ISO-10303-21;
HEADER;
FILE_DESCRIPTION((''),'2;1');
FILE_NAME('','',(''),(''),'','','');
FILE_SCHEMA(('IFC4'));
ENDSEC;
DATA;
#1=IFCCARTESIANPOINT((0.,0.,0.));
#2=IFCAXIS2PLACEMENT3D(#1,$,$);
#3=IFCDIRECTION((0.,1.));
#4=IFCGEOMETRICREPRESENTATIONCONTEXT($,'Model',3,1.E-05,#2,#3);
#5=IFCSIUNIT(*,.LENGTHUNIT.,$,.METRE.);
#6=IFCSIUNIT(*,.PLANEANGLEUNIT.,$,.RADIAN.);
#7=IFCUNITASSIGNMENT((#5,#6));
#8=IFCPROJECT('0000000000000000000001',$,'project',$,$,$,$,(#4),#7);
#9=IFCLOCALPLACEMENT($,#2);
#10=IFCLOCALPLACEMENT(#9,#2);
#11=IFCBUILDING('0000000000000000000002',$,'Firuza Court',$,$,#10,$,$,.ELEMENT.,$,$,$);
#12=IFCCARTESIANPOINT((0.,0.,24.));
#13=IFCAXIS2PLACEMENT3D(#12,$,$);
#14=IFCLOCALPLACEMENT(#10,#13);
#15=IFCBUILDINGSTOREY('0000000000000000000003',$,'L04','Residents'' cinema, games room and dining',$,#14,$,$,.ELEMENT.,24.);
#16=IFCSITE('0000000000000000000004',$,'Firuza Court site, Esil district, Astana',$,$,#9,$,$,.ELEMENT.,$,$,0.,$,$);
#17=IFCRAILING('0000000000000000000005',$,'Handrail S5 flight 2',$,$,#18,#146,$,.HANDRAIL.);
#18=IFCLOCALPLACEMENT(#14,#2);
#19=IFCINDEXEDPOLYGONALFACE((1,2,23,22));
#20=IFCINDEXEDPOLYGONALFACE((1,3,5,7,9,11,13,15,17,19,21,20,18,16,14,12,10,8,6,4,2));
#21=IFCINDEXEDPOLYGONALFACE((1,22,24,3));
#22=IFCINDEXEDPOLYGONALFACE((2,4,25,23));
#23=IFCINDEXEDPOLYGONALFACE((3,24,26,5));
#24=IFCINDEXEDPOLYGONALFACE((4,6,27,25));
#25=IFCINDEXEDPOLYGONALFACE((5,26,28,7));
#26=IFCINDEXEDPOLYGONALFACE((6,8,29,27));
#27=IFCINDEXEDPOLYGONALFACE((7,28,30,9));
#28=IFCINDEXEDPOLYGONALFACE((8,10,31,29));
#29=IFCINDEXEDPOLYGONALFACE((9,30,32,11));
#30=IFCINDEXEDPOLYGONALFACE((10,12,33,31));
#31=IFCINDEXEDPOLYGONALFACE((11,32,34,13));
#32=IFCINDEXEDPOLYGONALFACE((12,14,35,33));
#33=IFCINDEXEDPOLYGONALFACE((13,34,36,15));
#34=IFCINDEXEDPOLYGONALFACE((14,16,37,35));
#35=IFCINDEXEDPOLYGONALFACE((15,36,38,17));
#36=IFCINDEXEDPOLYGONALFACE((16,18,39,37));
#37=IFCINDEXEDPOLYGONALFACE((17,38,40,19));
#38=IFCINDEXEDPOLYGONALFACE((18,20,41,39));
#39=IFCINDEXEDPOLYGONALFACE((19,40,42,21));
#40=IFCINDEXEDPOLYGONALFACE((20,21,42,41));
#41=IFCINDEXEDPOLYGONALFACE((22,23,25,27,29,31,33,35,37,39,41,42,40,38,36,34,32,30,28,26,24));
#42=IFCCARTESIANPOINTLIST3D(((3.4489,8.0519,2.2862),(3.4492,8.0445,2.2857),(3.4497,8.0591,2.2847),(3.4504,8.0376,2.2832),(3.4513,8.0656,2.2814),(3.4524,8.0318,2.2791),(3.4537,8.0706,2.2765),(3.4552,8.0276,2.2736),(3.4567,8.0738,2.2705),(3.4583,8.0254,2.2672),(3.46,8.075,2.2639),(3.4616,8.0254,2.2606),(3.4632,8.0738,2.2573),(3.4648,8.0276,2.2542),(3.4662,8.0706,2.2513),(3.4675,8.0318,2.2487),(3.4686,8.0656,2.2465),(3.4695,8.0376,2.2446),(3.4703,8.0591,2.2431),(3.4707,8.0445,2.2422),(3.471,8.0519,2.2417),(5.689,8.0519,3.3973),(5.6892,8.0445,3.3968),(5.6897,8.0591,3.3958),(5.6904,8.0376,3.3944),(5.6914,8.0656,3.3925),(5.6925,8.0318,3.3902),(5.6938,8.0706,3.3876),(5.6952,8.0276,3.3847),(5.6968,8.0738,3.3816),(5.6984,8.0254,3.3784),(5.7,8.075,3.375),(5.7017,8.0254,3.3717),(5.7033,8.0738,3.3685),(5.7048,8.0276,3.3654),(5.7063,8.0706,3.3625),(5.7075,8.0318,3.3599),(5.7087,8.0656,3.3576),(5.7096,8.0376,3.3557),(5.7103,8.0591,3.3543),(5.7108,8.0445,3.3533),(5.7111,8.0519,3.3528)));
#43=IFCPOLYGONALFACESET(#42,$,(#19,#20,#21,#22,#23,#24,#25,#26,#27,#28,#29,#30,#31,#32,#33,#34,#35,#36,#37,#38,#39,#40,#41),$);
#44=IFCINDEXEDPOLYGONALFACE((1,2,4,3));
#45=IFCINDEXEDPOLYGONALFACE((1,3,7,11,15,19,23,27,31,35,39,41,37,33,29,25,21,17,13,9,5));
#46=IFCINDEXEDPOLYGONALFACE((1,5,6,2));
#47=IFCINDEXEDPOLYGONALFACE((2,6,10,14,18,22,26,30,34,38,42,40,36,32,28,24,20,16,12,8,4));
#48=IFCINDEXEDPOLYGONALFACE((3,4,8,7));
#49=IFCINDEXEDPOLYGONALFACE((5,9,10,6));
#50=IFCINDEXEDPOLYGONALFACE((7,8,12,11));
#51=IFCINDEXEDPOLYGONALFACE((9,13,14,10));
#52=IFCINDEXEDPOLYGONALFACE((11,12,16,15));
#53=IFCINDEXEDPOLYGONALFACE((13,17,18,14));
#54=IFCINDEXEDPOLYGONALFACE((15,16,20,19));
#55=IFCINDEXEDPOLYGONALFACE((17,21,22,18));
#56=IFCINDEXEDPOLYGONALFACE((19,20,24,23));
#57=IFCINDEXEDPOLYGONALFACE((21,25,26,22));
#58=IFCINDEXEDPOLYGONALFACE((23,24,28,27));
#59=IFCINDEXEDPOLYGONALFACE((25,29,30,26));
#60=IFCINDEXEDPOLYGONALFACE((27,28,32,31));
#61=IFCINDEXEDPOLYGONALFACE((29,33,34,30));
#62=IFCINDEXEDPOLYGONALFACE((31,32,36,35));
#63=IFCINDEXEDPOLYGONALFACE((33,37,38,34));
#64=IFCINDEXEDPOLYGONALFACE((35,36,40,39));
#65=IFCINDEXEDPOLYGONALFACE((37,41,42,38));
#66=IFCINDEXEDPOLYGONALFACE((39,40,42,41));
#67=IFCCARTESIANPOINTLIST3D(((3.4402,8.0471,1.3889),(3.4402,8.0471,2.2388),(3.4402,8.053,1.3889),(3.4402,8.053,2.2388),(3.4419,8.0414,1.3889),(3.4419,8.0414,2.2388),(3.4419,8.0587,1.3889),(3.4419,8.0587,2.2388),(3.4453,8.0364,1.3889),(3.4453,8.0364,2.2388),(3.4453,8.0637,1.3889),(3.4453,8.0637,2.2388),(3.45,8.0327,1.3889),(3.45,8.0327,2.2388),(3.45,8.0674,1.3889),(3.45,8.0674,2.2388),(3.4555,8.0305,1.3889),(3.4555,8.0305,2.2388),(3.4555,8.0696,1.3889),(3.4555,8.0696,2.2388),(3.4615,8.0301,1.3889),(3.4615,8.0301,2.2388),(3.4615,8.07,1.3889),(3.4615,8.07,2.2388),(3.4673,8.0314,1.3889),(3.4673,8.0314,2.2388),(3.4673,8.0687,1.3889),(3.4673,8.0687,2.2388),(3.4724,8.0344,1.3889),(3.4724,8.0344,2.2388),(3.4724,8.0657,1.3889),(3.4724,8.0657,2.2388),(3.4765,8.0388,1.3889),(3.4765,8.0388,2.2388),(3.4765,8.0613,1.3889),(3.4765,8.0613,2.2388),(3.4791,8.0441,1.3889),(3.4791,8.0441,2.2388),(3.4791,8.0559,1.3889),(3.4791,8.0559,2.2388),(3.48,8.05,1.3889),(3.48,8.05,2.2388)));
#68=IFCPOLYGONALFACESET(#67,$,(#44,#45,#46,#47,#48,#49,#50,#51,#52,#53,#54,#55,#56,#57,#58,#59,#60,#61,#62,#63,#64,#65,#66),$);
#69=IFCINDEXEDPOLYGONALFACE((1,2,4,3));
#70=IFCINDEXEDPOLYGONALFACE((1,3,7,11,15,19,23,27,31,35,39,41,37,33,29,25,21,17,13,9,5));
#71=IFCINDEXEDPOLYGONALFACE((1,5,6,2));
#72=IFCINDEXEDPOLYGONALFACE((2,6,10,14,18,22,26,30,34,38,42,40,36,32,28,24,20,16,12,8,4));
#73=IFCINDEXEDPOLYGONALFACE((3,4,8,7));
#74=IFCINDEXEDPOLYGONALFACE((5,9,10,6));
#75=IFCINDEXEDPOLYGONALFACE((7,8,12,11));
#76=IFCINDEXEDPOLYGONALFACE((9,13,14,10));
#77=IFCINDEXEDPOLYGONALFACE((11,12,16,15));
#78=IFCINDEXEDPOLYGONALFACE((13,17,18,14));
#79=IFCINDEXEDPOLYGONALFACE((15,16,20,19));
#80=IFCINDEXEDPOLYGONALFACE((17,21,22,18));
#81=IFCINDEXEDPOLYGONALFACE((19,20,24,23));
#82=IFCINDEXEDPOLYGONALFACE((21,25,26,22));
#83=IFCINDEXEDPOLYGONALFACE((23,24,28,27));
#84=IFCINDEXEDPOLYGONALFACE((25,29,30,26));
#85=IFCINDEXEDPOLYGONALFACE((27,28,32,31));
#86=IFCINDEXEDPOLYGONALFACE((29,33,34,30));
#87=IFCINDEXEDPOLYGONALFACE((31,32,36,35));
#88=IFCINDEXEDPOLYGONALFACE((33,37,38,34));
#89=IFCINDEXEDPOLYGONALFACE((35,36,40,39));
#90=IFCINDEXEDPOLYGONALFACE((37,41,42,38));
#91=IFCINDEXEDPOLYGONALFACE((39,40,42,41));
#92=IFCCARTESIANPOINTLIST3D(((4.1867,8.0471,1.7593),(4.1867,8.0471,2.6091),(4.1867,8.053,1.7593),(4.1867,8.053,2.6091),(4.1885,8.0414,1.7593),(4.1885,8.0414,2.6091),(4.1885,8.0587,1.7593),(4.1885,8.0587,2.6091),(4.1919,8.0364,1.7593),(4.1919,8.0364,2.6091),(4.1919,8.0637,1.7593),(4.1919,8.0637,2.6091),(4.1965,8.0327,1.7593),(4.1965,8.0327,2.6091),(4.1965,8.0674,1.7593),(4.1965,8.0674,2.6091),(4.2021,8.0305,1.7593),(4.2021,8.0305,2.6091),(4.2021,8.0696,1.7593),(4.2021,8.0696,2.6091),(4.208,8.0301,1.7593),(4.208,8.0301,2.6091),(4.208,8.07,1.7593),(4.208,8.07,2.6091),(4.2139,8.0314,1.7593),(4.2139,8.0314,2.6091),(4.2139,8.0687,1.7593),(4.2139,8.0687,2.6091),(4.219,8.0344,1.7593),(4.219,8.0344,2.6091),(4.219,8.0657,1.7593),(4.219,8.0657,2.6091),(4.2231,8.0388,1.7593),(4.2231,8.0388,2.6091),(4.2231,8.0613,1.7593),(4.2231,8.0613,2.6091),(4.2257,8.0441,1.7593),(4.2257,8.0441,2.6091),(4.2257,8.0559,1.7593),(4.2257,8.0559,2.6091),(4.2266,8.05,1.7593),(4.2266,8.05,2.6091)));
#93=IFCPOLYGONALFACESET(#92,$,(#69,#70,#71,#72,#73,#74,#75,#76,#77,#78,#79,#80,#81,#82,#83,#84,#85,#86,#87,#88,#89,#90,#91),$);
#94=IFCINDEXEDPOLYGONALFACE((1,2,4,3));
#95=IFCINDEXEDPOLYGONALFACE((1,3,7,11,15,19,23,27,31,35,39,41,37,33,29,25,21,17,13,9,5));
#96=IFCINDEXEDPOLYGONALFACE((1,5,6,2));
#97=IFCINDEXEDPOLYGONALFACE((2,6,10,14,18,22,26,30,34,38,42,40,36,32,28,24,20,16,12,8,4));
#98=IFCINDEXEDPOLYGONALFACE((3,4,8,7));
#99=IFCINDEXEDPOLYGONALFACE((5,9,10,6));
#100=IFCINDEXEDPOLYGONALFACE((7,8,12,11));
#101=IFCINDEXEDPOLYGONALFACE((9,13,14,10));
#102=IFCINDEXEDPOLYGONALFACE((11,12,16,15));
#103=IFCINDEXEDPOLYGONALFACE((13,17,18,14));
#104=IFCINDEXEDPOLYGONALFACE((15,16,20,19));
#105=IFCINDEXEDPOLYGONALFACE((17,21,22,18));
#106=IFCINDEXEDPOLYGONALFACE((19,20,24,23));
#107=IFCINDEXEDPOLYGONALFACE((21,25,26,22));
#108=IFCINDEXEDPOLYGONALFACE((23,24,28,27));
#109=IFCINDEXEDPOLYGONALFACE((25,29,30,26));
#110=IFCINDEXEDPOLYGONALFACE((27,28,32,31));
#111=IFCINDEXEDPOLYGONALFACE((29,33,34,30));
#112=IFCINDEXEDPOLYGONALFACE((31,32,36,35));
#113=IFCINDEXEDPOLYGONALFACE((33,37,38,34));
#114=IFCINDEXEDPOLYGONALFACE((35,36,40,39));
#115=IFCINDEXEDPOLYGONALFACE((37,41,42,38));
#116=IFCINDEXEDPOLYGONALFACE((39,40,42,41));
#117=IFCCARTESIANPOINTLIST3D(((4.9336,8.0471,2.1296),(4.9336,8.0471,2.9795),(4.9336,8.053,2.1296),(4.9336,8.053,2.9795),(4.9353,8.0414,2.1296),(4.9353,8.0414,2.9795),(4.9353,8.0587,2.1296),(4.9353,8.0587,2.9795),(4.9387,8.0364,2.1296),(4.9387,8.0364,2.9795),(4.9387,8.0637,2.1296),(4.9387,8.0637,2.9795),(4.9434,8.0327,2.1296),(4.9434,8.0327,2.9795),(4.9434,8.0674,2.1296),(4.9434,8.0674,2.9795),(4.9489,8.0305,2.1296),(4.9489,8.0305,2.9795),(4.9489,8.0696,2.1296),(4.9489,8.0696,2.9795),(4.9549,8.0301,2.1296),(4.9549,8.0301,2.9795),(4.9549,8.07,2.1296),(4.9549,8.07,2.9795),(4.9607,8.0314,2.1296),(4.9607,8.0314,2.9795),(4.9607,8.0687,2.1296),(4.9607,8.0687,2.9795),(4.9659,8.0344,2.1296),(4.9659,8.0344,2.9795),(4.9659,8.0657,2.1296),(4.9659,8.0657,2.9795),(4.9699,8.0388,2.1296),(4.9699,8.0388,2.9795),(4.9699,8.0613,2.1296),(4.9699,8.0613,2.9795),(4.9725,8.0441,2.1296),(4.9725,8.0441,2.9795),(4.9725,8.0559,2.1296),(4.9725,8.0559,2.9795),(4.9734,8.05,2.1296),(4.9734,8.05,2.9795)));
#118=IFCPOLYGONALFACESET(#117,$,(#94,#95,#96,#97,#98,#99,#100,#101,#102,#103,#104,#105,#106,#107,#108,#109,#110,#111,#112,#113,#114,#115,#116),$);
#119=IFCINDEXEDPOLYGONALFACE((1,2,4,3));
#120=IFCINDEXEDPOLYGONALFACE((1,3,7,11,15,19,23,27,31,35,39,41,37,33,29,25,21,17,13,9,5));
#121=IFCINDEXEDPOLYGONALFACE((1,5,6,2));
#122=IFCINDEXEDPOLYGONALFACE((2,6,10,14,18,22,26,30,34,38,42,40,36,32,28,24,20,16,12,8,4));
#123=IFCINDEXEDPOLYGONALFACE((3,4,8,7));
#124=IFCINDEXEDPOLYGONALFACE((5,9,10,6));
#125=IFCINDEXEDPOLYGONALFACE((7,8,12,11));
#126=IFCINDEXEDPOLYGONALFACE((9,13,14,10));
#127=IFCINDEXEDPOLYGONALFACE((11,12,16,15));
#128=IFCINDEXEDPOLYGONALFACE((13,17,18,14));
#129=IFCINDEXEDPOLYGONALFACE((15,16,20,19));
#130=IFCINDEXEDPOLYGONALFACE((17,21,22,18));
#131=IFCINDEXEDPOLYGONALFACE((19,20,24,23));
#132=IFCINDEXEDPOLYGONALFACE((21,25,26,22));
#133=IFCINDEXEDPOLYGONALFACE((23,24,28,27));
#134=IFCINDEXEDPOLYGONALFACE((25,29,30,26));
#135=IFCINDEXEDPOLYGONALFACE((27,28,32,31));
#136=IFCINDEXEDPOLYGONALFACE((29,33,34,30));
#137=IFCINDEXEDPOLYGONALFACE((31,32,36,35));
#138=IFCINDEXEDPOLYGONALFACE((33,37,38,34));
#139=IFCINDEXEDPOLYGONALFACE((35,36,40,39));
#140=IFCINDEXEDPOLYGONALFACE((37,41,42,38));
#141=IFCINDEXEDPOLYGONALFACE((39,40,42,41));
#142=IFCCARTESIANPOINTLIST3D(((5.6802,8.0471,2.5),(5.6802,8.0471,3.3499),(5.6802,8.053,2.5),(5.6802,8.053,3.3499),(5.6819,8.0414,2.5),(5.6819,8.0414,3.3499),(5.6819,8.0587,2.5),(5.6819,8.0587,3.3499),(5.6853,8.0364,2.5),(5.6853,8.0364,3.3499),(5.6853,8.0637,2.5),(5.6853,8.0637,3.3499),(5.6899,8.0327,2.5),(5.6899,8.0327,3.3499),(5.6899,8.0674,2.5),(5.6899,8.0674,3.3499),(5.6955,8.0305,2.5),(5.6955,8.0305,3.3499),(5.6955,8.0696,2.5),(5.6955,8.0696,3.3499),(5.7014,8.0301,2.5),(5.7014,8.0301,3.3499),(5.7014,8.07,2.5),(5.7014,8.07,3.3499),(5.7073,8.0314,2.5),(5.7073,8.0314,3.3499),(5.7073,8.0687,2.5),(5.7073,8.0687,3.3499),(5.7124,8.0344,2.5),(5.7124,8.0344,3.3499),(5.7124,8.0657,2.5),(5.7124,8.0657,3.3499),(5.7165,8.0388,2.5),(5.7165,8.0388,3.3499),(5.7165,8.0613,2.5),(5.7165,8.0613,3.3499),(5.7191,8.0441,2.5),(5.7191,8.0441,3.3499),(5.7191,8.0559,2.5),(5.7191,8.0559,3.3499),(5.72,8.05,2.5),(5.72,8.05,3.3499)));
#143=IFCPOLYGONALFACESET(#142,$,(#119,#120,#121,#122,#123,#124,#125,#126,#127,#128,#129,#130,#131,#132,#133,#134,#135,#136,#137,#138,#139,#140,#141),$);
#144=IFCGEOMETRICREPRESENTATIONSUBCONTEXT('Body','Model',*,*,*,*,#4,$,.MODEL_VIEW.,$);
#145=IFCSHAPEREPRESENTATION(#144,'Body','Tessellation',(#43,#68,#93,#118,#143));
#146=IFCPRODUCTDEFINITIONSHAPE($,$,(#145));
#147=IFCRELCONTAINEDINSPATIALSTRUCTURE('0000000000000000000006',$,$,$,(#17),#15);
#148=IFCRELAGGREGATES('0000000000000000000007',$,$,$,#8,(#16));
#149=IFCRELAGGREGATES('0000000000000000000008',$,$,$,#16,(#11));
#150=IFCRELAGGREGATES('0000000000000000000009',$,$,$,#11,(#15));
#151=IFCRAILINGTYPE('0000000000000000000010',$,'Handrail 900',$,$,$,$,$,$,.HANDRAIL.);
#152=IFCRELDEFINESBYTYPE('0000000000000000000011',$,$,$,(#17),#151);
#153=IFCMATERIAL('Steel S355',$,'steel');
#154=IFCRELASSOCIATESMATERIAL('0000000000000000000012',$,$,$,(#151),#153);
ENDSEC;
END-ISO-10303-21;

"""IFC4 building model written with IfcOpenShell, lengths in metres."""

from ifc_helpers import new_model, si_unit, direction, frame, origin, origin_2d, place, context, subcontext, project, spatial, circle, extrude, material, type_object, element, save


model = new_model("IFC4")

# Units and contexts
model_context = context("Model", 3, precision=1e-05, world=origin(), true_north=direction((0.0, 1.0)))
body_context = subcontext(model_context, "Body", "Model", "MODEL_VIEW")
ifc_project = project(units=[si_unit("LENGTHUNIT", "METRE"), si_unit("PLANEANGLEUNIT", "RADIAN")], contexts=[model_context])

# Site, building, storey
site_placement = place(None, origin())
site = spatial("IfcSite", under=ifc_project, at=site_placement, Name="Firuza Court site, Esil district, Astana", CompositionType="ELEMENT", RefElevation=0.0)
building_placement = place(site_placement, origin())
building = spatial("IfcBuilding", under=site, at=building_placement, Name="Firuza Court", CompositionType="ELEMENT")
storey_placement = place(building_placement, frame((0.0, 0.0, 24.0)))
storey = spatial("IfcBuildingStorey", under=building, at=storey_placement, Name="L04", Description="Residents' cinema, games room and dining", CompositionType="ELEMENT", Elevation=24.0)

# Railing
ifc_material_1 = material(Name="Steel S355", Category="steel")
railing_type = type_object("IfcRailingType", Name="Handrail 900", PredefinedType="HANDRAIL", material=ifc_material_1)
for number, where, name in (
    (1, (3.46, 8.05, 1.3889), "Handrail S5 flight 2"),
):
    element("IfcRailing", number, at=place(storey_placement, frame(where)), inside=storey, type_object=railing_type, Name=name, PredefinedType="HANDRAIL", context=body_context, shape_type="SweptSolid", body=[
        extrude(circle(Radius=0.0249, at=origin_2d()), frame((0.0, 0.0, 0.875), z_axis=(0.895848, 0.0, 0.44436), x_axis=(0.0, 1.0, 0.0)), (0.0, 0.0, 1.0), 2.5005),
        extrude(circle(Radius=0.02, at=origin_2d()), origin(), (0.0, 0.0, 1.0), 0.8499),
        extrude(circle(Radius=0.02, at=origin_2d()), frame((0.7466, 0.0, 0.3704)), (0.0, 0.0, 1.0), 0.8499),
        extrude(circle(Radius=0.02, at=origin_2d()), frame((1.4934, 0.0, 0.7407)), (0.0, 0.0, 1.0), 0.8499),
        extrude(circle(Radius=0.02, at=origin_2d()), frame((2.24, 0.0, 1.1111)), (0.0, 0.0, 1.0), 0.8499),
    ])

save(model, "model.ifc")
